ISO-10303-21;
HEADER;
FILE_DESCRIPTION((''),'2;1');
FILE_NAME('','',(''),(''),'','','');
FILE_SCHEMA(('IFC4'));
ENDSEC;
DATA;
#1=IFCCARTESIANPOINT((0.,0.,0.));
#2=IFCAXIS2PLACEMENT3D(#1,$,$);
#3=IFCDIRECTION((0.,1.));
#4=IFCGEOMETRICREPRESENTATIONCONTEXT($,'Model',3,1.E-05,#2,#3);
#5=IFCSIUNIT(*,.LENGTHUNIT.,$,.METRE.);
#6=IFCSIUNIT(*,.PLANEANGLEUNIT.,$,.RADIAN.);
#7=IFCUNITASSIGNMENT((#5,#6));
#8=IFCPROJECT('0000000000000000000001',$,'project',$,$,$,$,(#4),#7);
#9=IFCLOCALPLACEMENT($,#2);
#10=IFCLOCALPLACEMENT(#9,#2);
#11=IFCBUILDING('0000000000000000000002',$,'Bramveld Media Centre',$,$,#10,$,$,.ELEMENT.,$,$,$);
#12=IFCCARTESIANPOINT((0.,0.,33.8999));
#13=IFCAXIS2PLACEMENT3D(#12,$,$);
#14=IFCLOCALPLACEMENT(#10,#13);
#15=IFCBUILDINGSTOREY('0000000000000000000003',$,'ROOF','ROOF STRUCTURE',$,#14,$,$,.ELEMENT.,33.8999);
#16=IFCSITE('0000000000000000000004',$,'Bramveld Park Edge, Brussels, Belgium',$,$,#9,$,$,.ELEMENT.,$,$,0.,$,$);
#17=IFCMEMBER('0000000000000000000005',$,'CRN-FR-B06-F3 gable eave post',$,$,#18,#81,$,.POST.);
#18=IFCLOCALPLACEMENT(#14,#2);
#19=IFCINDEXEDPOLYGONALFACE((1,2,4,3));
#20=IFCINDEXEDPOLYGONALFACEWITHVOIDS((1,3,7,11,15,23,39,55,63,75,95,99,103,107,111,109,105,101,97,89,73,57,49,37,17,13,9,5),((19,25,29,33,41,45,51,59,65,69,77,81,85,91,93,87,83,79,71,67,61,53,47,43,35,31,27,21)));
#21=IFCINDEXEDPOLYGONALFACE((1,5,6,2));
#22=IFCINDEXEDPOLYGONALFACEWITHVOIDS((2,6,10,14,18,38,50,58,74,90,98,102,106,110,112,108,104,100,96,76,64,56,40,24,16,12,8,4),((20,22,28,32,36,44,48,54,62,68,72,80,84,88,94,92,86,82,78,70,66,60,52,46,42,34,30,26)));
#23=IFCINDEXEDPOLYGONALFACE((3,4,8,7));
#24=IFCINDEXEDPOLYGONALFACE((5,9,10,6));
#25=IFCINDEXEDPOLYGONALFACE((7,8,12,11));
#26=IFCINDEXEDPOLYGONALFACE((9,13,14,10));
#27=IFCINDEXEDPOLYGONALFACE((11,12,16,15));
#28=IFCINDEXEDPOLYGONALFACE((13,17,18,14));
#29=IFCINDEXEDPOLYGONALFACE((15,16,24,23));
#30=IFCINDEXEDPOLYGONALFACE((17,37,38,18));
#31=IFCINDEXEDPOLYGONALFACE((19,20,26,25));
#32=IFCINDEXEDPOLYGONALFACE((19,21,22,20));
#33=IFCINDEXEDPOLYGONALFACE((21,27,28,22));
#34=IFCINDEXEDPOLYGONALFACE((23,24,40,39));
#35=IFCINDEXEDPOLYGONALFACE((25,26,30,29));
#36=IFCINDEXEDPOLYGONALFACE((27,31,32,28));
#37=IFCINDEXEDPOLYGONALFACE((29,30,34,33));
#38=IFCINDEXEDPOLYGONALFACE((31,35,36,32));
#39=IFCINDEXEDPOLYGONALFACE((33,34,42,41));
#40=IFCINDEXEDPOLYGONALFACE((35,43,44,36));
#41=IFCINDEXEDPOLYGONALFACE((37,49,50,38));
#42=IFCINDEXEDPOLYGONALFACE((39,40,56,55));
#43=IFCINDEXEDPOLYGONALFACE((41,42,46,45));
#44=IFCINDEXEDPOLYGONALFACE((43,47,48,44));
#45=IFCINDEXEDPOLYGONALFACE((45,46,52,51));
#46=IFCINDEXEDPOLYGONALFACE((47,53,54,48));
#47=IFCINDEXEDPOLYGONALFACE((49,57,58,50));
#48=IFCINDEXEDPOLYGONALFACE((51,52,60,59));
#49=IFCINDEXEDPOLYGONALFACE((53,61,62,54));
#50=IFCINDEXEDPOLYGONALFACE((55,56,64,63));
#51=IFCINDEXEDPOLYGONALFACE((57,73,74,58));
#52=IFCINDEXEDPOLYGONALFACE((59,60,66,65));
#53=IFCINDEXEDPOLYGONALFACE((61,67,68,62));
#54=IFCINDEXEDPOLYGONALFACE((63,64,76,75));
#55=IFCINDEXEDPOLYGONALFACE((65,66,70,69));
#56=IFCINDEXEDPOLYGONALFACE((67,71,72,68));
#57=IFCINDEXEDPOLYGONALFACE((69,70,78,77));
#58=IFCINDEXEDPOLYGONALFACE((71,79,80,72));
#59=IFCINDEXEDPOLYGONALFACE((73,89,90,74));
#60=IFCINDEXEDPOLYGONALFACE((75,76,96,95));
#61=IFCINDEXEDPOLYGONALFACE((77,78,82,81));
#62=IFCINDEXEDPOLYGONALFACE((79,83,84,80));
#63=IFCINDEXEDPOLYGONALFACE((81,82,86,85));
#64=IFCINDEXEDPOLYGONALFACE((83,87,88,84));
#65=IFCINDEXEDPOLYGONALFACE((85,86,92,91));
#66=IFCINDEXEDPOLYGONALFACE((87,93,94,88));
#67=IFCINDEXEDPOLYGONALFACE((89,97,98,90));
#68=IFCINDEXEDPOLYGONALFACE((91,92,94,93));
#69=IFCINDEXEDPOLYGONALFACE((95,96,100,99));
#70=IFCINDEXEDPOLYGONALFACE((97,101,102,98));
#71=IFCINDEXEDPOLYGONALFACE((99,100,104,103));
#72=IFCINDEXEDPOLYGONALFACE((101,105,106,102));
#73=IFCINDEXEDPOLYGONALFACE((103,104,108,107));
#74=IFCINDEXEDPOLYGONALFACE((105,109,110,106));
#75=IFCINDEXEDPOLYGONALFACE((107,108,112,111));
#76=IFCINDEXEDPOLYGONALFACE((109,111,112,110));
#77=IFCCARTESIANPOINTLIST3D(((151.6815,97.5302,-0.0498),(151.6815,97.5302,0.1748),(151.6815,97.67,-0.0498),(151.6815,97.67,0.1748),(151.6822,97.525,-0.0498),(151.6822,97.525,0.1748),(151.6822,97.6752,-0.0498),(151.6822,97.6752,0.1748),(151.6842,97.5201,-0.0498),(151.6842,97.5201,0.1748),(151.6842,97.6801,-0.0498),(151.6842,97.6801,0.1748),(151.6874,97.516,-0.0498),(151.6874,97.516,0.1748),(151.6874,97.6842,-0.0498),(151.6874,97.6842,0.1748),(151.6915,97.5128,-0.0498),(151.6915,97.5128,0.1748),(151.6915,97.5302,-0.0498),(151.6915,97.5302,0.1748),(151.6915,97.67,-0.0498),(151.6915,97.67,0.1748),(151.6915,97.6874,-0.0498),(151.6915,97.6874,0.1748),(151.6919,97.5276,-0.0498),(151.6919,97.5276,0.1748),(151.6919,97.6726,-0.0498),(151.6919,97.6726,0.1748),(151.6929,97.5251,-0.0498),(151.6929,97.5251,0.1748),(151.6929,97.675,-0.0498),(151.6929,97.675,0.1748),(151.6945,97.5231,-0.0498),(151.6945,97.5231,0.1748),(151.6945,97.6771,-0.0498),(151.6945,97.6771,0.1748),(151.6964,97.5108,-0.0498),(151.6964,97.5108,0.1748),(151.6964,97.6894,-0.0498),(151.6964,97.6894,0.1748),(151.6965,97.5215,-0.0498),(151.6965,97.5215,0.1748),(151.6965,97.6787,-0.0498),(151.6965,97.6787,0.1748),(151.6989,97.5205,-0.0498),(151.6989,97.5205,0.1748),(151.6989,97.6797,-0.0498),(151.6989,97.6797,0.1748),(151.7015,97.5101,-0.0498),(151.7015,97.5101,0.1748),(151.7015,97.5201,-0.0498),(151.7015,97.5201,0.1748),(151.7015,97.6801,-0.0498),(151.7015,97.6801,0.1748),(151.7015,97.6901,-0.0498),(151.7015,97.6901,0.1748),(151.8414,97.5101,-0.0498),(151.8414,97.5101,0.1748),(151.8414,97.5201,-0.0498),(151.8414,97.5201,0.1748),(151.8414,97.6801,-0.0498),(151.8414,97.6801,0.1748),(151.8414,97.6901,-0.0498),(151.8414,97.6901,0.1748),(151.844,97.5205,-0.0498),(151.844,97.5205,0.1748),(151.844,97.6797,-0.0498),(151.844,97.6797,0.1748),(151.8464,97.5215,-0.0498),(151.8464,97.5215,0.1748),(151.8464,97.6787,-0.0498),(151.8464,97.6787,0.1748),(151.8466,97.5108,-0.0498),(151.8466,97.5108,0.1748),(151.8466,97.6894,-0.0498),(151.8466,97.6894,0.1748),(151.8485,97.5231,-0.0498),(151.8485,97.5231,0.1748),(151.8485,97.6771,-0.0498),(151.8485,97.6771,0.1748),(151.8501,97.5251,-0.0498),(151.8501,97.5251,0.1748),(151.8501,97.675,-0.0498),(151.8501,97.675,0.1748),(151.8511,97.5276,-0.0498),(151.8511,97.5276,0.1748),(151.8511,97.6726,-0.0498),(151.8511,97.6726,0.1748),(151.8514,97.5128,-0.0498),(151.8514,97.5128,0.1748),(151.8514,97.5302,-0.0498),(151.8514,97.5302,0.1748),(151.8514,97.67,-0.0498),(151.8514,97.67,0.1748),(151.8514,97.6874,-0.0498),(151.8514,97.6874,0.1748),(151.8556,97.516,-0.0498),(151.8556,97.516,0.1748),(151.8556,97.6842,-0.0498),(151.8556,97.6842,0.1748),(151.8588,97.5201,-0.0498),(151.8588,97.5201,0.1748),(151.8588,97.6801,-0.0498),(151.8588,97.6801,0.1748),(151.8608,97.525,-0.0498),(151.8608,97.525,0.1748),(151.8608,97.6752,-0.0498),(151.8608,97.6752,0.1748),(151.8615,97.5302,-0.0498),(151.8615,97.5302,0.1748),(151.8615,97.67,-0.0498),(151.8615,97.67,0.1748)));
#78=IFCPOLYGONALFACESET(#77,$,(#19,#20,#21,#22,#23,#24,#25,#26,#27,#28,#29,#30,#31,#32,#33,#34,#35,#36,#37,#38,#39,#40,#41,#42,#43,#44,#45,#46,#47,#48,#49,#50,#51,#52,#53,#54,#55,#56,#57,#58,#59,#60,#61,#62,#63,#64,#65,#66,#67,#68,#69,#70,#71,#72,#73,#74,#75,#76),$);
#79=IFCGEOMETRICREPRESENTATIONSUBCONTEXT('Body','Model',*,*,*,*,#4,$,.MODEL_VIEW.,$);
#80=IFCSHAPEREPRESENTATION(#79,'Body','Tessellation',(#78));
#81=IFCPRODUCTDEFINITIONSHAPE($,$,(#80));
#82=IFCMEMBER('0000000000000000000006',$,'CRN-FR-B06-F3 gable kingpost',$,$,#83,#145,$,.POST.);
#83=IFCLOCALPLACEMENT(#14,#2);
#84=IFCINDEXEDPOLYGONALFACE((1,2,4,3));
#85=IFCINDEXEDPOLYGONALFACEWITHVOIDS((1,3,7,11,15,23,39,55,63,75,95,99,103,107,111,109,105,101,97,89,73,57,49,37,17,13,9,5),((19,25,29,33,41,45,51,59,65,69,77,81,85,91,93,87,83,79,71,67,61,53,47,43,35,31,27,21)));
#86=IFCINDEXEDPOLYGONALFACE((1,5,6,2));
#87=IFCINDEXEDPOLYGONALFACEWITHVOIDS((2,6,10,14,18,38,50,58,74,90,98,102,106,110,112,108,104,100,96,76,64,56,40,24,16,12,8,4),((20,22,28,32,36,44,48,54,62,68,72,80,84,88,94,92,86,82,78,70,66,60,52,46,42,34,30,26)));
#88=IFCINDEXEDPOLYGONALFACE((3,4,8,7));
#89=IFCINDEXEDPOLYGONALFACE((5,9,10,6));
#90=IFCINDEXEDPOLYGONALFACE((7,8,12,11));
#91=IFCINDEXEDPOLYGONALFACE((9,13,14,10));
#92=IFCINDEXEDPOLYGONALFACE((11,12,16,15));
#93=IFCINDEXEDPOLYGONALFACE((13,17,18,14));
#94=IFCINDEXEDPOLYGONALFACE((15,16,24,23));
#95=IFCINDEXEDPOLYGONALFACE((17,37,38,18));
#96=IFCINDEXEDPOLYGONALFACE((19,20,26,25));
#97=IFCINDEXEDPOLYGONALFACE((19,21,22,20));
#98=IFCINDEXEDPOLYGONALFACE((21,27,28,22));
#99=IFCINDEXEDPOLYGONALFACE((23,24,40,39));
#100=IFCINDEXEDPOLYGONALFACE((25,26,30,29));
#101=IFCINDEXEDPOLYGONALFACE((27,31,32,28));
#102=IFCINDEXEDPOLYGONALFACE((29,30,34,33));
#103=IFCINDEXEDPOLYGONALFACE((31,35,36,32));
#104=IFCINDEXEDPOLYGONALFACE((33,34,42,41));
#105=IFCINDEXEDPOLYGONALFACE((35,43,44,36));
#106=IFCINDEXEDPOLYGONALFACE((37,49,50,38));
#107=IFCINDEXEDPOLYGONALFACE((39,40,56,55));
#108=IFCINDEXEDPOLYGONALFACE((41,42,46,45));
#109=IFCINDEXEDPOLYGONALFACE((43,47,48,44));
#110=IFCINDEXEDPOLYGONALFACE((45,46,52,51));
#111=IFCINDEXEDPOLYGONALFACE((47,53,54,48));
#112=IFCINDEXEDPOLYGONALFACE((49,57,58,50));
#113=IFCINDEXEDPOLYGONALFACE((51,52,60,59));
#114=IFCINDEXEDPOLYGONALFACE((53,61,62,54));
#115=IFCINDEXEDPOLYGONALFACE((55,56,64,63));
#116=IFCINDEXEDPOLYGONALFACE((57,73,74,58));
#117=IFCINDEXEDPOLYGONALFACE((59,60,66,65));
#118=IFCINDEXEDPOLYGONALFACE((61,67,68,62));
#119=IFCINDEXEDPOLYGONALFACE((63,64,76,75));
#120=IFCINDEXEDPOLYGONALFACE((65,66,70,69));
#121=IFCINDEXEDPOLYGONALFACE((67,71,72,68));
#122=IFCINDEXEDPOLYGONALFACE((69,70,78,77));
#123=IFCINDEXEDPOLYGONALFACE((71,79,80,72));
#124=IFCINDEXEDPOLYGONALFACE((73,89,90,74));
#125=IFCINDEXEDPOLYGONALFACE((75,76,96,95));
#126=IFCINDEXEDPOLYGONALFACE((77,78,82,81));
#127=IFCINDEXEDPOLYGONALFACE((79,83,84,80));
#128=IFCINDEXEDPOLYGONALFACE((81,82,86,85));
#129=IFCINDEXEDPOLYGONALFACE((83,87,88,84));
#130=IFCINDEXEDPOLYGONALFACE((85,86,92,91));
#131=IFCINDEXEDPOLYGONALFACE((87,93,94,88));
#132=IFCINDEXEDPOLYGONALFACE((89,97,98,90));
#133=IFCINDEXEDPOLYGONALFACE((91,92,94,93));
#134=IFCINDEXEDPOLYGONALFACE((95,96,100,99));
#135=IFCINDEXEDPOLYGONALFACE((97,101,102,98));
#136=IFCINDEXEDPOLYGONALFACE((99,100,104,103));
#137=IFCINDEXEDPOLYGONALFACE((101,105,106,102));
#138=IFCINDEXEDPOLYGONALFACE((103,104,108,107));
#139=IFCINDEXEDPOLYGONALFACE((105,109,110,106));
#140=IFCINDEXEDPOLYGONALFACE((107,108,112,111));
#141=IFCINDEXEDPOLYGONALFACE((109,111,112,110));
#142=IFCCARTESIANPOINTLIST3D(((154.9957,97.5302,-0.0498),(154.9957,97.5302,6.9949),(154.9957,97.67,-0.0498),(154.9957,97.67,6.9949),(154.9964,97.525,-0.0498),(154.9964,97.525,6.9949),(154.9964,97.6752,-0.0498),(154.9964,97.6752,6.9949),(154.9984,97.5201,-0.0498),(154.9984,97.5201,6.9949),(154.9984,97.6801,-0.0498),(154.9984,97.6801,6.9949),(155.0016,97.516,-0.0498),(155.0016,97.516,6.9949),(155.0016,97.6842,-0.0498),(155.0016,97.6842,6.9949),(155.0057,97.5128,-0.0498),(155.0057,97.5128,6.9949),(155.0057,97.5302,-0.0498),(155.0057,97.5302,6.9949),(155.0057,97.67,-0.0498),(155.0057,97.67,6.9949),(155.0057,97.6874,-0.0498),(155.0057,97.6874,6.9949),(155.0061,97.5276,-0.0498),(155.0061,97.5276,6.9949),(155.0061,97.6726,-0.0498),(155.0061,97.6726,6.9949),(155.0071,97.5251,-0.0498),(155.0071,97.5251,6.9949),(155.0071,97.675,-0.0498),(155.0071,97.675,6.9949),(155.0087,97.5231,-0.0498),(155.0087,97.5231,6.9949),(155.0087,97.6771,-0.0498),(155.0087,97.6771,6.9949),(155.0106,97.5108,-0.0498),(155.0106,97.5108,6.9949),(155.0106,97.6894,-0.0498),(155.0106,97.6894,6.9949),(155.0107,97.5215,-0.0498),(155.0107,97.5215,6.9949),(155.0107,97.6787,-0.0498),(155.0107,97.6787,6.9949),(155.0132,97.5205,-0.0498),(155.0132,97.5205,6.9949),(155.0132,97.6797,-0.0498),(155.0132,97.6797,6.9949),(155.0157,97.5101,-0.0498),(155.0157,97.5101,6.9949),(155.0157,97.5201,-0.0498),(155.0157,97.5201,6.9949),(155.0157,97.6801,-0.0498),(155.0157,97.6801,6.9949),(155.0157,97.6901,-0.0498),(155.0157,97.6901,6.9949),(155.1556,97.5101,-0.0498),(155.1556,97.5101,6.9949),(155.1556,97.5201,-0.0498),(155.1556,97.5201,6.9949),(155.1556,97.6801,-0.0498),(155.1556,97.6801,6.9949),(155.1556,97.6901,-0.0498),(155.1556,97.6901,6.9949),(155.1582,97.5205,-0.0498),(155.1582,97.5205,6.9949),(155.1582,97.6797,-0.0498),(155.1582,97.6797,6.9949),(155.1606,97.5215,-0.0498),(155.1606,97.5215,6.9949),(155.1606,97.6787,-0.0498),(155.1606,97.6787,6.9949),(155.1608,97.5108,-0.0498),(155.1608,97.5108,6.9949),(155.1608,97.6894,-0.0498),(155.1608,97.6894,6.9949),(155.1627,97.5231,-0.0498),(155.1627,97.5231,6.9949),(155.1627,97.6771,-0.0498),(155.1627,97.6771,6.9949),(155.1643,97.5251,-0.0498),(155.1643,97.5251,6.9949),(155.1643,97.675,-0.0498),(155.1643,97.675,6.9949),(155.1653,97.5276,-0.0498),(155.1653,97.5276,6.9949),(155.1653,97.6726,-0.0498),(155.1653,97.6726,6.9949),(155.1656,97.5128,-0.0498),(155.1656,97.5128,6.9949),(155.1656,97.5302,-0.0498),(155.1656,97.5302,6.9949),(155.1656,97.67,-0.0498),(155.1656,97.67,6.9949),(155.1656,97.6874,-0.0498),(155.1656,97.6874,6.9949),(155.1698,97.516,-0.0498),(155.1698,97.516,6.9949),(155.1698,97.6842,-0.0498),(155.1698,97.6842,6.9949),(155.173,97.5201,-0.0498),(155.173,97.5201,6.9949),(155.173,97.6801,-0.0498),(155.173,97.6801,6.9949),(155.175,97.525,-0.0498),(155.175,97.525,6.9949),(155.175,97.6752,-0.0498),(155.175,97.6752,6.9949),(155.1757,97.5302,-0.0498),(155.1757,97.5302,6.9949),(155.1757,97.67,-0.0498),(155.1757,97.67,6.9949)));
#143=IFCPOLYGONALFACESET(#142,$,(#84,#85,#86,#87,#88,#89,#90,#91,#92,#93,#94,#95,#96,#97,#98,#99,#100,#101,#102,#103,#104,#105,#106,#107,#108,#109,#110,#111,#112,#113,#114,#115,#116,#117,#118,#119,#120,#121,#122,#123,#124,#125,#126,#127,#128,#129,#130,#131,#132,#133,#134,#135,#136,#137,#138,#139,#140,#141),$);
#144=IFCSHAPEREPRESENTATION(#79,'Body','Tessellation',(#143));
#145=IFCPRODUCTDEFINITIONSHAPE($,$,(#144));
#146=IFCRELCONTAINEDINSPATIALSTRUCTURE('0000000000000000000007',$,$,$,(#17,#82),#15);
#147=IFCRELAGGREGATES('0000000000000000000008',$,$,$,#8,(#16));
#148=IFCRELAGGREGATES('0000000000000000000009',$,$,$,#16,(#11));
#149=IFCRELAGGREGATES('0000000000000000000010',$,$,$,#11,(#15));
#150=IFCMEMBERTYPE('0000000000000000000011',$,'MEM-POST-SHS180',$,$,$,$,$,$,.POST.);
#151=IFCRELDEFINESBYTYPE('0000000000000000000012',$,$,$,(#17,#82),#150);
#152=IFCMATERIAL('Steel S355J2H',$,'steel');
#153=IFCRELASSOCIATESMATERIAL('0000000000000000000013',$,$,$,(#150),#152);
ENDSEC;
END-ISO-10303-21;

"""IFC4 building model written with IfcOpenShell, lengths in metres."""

from ifc_helpers import new_model, si_unit, direction, frame, origin, origin_2d, place, context, subcontext, project, spatial, hollow_rectangle, extrude, material, material_profile, profile_set, type_object, element, save


model = new_model("IFC4")

# Units and contexts
model_context = context("Model", 3, precision=1e-05, world=origin(), true_north=direction((0.0, 1.0)))
body_context = subcontext(model_context, "Body", "Model", "MODEL_VIEW")
ifc_project = project(units=[si_unit("LENGTHUNIT", "METRE"), si_unit("PLANEANGLEUNIT", "RADIAN")], contexts=[model_context])

# Site, building, storey
site_placement = place(None, origin())
site = spatial("IfcSite", under=ifc_project, at=site_placement, Name="Bramveld Park Edge, Brussels, Belgium", CompositionType="ELEMENT", RefElevation=0.0)
building_placement = place(site_placement, origin())
building = spatial("IfcBuilding", under=site, at=building_placement, Name="Bramveld Media Centre", CompositionType="ELEMENT")
storey_placement = place(building_placement, frame((0.0, 0.0, 33.8999)))
storey = spatial("IfcBuildingStorey", under=building, at=storey_placement, Name="ROOF", Description="ROOF STRUCTURE", CompositionType="ELEMENT", Elevation=33.8999)

# Members
ifc_material_1 = material(Name="Steel S355J2H", Category="steel")
ifc_material_profile_1 = material_profile(ifc_material_1, hollow_rectangle(XDim=0.1799, YDim=0.1799, WallThickness=0.01, InnerFilletRadius=0.01, OuterFilletRadius=0.02, at=origin_2d()), Name="SHS 180x180x10")
ifc_profile_set_1 = profile_set([ifc_material_profile_1], Name="Steel S355J2H")
member_type_1 = type_object("IfcMemberType", Name="MEM-POST-SHS180", PredefinedType="POST", material=ifc_profile_set_1)
member_1_placement = place(storey_placement, frame((151.7715, 97.6001, -0.0498), z_axis=(0.0, 0.0, 1.0), x_axis=(1.0, 0.0, 0.0)))
element("IfcMember", 1, at=member_1_placement, inside=storey, type_object=member_type_1, Name="CRN-FR-B06-F3 gable eave post", PredefinedType="POST", context=body_context, shape_type="SweptSolid", body=[
    extrude(hollow_rectangle(XDim=0.1799, YDim=0.1799, WallThickness=0.01, InnerFilletRadius=0.01, OuterFilletRadius=0.02, at=origin_2d()), origin(), (0.0, 0.0, 1.0), 0.2246),
])
member_2_placement = place(storey_placement, frame((155.0857, 97.6001, -0.0498), z_axis=(0.0, 0.0, 1.0), x_axis=(1.0, 0.0, 0.0)))
element("IfcMember", 2, at=member_2_placement, inside=storey, type_object=member_type_1, Name="CRN-FR-B06-F3 gable kingpost", PredefinedType="POST", context=body_context, shape_type="SweptSolid", body=[
    extrude(hollow_rectangle(XDim=0.1799, YDim=0.1799, WallThickness=0.01, InnerFilletRadius=0.01, OuterFilletRadius=0.02, at=origin_2d()), origin(), (0.0, 0.0, 1.0), 7.0447),
])

save(model, "model.ifc")
